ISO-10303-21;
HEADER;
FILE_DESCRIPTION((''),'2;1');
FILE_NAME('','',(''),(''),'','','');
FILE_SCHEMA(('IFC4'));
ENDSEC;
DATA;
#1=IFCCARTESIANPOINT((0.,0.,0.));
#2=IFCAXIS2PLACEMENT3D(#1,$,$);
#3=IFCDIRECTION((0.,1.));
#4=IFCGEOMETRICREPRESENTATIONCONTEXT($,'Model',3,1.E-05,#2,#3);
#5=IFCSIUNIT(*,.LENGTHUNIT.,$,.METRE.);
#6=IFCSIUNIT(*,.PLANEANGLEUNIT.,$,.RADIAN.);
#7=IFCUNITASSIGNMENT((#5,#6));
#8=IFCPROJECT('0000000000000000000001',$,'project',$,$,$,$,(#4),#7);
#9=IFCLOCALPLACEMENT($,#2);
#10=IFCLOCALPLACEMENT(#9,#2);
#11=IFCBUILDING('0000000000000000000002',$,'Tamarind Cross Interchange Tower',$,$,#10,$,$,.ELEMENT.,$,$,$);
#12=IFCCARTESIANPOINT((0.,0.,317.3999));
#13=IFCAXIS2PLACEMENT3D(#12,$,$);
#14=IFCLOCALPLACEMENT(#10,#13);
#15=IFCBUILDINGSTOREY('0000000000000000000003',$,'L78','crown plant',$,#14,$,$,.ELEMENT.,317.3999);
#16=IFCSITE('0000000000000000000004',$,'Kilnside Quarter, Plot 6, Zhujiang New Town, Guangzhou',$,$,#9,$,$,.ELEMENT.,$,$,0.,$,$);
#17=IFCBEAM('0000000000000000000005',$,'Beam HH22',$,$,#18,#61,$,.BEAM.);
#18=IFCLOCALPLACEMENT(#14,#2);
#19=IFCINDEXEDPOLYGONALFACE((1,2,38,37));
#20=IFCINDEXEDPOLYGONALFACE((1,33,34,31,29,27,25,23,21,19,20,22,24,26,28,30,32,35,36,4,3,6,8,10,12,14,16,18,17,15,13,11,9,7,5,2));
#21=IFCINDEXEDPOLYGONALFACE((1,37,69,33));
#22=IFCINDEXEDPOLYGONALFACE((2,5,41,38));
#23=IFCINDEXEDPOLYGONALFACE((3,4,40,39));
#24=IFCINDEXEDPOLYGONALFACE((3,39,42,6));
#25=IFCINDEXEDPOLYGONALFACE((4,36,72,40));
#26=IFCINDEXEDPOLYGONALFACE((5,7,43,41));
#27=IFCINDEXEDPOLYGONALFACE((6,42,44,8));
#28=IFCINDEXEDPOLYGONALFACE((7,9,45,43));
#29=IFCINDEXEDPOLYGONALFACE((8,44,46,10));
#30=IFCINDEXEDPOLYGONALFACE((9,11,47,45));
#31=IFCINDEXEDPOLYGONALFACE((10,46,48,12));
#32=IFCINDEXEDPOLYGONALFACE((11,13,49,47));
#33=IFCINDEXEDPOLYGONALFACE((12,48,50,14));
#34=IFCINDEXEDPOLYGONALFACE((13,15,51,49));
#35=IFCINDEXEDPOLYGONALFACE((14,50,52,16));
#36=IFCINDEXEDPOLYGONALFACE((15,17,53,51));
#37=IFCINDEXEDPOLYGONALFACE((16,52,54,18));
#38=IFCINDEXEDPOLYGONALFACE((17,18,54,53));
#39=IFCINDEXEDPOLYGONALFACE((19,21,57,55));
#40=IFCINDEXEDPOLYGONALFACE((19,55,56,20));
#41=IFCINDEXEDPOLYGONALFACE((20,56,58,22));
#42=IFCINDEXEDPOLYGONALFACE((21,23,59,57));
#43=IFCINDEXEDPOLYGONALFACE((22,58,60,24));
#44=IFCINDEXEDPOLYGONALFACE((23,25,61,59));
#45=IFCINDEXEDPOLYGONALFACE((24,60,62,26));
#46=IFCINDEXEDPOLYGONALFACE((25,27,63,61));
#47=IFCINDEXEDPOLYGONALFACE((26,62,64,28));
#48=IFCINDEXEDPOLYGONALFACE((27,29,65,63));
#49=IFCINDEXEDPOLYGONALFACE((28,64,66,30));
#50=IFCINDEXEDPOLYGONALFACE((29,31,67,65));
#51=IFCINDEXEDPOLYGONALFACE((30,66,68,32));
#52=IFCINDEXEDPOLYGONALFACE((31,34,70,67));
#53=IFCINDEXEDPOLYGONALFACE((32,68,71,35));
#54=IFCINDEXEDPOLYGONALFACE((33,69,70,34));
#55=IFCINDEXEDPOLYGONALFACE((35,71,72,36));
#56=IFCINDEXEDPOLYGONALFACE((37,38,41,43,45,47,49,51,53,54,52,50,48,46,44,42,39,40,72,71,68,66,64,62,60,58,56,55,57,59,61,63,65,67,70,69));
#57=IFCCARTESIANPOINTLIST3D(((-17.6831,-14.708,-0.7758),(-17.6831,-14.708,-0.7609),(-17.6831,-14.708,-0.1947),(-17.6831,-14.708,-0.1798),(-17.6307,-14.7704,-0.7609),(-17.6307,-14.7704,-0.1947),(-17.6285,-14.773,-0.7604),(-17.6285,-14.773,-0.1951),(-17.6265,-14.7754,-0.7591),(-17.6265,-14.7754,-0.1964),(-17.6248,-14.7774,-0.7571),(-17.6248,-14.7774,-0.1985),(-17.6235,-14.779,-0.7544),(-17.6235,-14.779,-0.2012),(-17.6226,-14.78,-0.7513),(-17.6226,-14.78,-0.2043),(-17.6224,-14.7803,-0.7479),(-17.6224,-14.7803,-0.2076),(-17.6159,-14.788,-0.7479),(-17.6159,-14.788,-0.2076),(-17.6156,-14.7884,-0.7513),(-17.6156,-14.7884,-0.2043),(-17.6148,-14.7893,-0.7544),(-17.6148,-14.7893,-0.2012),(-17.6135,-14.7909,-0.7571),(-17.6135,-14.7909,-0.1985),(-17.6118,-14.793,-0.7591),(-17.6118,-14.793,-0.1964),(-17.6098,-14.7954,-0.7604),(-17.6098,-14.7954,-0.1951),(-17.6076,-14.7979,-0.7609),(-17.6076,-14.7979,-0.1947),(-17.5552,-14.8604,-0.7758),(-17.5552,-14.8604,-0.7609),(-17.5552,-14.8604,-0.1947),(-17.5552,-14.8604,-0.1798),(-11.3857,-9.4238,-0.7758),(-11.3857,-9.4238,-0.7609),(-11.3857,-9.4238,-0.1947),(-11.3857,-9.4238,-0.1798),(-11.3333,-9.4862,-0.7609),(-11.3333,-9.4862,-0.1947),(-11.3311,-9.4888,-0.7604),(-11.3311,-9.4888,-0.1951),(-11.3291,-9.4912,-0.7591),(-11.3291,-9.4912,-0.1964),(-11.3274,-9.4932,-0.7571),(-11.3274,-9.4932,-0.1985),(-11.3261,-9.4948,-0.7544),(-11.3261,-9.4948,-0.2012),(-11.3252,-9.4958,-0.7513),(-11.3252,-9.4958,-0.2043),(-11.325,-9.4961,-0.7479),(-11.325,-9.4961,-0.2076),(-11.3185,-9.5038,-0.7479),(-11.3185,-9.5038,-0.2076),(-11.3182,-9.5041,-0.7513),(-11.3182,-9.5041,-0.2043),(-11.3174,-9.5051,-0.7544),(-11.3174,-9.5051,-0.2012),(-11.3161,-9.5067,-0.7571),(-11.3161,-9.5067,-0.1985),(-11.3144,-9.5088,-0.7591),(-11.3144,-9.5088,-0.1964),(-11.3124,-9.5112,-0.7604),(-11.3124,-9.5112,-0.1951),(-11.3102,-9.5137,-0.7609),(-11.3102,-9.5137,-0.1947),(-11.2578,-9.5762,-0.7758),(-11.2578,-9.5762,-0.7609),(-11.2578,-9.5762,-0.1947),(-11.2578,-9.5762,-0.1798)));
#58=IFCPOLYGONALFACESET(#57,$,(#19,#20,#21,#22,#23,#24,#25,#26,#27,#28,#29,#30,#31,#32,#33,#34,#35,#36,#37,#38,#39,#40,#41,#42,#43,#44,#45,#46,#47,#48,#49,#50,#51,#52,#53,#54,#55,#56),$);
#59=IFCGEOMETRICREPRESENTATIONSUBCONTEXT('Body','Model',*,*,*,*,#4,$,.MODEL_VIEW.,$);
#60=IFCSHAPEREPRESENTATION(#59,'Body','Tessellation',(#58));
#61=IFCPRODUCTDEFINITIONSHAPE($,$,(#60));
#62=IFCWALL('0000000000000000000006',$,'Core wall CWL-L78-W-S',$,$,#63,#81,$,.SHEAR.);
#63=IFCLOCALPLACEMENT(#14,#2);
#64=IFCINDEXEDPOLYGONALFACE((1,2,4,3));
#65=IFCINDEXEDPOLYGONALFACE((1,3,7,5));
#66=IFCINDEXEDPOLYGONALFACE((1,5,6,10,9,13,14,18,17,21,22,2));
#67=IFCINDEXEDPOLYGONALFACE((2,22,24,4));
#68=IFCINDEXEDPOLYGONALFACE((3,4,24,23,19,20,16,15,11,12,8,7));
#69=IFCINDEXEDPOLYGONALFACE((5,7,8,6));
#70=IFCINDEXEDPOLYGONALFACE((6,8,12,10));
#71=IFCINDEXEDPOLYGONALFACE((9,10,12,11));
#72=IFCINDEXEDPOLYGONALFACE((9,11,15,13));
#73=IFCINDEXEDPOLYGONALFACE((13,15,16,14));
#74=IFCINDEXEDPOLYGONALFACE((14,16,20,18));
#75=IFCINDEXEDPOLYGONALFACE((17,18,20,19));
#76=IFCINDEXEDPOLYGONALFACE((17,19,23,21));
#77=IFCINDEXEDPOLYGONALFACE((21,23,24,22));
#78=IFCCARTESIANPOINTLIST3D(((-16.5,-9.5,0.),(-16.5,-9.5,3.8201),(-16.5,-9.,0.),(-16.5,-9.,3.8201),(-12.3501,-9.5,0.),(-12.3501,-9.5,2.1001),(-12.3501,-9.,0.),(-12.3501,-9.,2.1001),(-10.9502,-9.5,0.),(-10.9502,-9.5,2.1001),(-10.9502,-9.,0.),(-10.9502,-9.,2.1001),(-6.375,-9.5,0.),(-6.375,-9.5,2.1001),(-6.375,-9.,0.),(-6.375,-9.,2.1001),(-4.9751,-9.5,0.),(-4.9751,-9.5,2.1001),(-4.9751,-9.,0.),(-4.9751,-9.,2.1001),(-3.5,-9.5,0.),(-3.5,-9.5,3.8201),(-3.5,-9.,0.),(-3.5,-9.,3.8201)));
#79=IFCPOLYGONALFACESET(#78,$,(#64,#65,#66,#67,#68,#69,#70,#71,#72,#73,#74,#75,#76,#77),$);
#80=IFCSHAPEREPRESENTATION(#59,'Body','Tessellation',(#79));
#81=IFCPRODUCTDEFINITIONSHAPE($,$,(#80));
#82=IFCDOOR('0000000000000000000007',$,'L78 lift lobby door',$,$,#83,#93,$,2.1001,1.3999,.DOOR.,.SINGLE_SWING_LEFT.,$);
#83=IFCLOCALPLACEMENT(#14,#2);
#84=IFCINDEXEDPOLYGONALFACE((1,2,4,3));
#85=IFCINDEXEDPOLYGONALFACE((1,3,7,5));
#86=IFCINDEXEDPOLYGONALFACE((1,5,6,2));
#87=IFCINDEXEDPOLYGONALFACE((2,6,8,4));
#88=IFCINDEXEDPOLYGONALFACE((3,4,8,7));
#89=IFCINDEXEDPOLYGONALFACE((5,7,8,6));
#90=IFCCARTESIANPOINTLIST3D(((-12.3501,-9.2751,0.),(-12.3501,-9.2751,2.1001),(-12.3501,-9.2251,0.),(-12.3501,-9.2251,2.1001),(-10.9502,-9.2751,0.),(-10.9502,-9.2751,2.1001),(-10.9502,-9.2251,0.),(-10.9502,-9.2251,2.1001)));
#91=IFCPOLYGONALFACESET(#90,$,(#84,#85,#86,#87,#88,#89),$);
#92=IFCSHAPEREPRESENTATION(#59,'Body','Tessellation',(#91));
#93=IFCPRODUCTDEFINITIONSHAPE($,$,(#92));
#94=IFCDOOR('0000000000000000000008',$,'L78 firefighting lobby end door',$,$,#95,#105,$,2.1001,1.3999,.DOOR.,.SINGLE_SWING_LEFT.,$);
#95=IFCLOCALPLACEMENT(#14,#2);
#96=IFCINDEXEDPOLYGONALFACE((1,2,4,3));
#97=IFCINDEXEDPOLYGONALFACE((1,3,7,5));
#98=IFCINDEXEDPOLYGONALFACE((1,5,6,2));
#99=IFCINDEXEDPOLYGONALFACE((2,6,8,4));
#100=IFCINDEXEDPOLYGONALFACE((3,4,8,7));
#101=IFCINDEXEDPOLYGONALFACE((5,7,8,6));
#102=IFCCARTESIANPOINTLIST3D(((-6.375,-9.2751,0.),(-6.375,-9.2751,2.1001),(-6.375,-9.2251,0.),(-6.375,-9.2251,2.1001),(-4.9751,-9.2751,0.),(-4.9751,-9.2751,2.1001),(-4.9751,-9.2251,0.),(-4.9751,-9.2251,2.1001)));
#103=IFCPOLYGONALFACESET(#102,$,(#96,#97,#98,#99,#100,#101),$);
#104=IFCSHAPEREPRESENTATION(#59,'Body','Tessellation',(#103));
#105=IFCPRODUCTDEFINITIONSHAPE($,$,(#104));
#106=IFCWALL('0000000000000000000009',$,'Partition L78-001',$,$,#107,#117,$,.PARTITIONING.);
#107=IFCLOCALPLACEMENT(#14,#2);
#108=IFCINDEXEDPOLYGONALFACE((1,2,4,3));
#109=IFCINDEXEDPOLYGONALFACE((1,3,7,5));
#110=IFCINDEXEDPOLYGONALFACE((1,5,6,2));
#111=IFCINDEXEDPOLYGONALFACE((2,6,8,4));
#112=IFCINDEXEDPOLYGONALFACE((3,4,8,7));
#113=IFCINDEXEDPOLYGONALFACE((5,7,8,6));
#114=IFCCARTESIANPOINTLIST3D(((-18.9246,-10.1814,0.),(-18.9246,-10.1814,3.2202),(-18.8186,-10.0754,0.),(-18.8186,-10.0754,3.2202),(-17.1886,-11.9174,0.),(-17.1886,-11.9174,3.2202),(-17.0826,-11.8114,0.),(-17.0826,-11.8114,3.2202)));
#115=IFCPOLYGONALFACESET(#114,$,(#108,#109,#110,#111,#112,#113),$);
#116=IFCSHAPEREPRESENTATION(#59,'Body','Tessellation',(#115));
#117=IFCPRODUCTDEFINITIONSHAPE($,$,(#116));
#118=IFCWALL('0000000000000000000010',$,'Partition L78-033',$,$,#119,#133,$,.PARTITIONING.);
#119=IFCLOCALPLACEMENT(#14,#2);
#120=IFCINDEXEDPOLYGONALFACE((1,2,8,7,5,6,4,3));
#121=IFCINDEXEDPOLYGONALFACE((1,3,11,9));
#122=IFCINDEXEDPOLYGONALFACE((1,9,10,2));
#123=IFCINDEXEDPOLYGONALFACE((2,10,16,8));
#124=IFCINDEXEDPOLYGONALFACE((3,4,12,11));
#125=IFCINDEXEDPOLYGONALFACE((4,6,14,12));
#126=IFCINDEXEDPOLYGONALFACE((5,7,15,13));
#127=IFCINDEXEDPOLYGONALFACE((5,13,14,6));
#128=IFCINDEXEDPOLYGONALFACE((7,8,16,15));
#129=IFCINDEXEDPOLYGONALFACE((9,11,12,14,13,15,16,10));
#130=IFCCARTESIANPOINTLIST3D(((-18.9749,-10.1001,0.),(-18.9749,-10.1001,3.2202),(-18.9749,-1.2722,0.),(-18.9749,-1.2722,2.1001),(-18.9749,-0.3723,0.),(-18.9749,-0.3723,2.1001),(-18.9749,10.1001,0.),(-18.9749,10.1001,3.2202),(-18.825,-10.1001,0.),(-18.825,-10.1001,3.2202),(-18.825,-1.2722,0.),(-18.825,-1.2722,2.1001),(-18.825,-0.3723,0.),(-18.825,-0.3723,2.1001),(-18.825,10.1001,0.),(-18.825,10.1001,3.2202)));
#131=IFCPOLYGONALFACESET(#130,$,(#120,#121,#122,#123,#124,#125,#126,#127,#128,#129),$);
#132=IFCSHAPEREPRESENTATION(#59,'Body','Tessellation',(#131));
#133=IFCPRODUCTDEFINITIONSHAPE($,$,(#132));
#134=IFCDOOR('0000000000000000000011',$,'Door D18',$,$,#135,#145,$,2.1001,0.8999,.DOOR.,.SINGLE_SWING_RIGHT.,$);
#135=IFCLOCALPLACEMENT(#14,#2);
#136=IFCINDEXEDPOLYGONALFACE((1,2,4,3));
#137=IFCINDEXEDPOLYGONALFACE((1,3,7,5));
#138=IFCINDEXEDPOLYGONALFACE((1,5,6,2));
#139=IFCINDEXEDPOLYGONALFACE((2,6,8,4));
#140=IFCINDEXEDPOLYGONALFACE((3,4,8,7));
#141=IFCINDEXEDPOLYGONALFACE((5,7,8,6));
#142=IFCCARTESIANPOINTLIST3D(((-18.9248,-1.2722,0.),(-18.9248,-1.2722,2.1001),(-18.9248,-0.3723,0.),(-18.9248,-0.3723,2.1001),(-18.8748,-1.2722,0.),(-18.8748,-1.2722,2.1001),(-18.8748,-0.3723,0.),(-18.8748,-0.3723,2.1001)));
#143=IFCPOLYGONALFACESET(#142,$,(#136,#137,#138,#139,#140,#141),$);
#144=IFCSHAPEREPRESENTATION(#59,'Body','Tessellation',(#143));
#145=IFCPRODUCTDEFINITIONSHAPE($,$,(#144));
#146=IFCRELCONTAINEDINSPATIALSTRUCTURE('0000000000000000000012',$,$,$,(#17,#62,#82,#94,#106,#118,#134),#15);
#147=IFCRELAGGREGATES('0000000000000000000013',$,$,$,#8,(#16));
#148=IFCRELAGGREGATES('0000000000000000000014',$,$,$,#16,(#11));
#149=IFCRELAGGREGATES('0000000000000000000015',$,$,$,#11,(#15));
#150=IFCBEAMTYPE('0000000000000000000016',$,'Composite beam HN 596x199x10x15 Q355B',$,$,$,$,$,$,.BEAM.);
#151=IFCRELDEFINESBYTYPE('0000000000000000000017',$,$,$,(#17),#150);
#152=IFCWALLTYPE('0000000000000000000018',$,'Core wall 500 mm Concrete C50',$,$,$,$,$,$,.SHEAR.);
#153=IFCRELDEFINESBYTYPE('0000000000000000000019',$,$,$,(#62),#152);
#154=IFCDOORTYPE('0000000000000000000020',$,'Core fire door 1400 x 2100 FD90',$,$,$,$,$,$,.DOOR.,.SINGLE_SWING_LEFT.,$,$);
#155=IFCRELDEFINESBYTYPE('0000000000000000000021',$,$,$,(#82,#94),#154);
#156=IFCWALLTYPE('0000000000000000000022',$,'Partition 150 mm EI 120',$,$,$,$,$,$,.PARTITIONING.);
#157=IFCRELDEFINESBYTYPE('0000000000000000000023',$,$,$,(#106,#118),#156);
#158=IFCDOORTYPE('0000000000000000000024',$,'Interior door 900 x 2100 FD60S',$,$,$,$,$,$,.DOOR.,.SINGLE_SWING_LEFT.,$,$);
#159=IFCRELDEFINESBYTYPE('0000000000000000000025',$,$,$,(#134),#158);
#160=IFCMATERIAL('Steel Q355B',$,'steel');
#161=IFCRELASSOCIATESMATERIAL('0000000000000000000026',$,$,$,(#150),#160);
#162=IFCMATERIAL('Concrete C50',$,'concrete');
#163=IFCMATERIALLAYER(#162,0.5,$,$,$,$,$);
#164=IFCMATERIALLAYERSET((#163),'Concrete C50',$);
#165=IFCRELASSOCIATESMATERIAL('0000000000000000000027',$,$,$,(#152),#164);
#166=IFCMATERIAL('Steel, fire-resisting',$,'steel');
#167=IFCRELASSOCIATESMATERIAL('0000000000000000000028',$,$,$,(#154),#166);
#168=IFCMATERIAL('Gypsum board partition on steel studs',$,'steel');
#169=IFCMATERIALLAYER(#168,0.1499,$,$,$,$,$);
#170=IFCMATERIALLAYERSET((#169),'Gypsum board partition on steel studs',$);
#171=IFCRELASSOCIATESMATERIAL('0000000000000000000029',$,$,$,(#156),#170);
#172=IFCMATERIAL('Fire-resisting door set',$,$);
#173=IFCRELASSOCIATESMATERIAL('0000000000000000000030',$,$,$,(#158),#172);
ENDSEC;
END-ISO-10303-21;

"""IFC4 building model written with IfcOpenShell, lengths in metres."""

from ifc_helpers import new_model, si_unit, direction, frame, frame_2d, origin, origin_2d, place, context, subcontext, project, spatial, rectangle, i_section, extrude, material, layer, layer_set, material_profile, profile_set, type_object, element, fill, save


model = new_model("IFC4")

# Units and contexts
model_context = context("Model", 3, precision=1e-05, world=origin(), true_north=direction((0.0, 1.0)))
body_context = subcontext(model_context, "Body", "Model", "MODEL_VIEW")
ifc_project = project(units=[si_unit("LENGTHUNIT", "METRE"), si_unit("PLANEANGLEUNIT", "RADIAN")], contexts=[model_context])

# Site, building, storey
site_placement = place(None, origin())
site = spatial("IfcSite", under=ifc_project, at=site_placement, Name="Kilnside Quarter, Plot 6, Zhujiang New Town, Guangzhou", CompositionType="ELEMENT", RefElevation=0.0)
building_placement = place(site_placement, origin())
building = spatial("IfcBuilding", under=site, at=building_placement, Name="Tamarind Cross Interchange Tower", CompositionType="ELEMENT")
storey_placement = place(building_placement, frame((0.0, 0.0, 317.3999)))
storey = spatial("IfcBuildingStorey", under=building, at=storey_placement, Name="L78", Description="crown plant", CompositionType="ELEMENT", Elevation=317.3999)

# Beam
ifc_material_1 = material(Name="Steel Q355B", Category="steel")
ifc_material_profile_1 = material_profile(ifc_material_1, i_section(OverallWidth=0.199, OverallDepth=0.5959, WebThickness=0.01, FlangeThickness=0.0149, FilletRadius=0.0129, at=origin_2d()), Name="HN 596x199x10x15")
ifc_profile_set_1 = profile_set([ifc_material_profile_1], Name="Steel Q355B")
beam_type = type_object("IfcBeamType", Name="Composite beam HN 596x199x10x15 Q355B", PredefinedType="BEAM", material=ifc_profile_set_1)
beam_1_placement = place(storey_placement, frame((-17.6191, -14.7842, -0.4778), z_axis=(0.766041, 0.642792, 0.0), x_axis=(-0.642792, 0.766041, 0.0)))
element("IfcBeam", 1, at=beam_1_placement, inside=storey, type_object=beam_type, Name="Beam HH22", PredefinedType="BEAM", context=body_context, shape_type="SweptSolid", body=[
    extrude(i_section(OverallWidth=0.199, OverallDepth=0.5959, WebThickness=0.01, FlangeThickness=0.0149, FilletRadius=0.0129, at=origin_2d()), origin(), (0.0, 0.0, 1.0), 8.2207),
])

# Wall, openings, doors
ifc_material_2 = material(Name="Concrete C50", Category="concrete")
ifc_layer_1 = layer(ifc_material_2, 0.5)
ifc_layer_set_1 = layer_set([ifc_layer_1], Name="Concrete C50")
wall_type_1 = type_object("IfcWallType", Name="Core wall 500 mm Concrete C50", PredefinedType="SHEAR", material=ifc_layer_set_1)
wall_1_placement = place(storey_placement, frame((-16.5, -9.25, 0.0), z_axis=(0.0, 0.0, 1.0), x_axis=(1.0, 0.0, 0.0)))
wall_1 = element("IfcWall", 2, at=wall_1_placement, inside=storey, type_object=wall_type_1, Name="Core wall CWL-L78-W-S", PredefinedType="SHEAR", context=body_context, shape_type="SweptSolid", body=[
    extrude(rectangle(XDim=13.0, YDim=0.5, at=frame_2d((6.5, 0.0))), origin(), (0.0, 0.0, 1.0), 3.8201),
])
opening_1_placement = place(wall_1_placement, frame((4.1499, 0.0, 0.0)))
opening_1 = element("IfcOpeningElement", 3, at=opening_1_placement, cuts=wall_1, PredefinedType="OPENING", context=body_context, shape_type="SweptSolid", body=[
    extrude(rectangle(XDim=1.3999, YDim=2.1001, at=frame_2d((0.7, 1.05))), frame((0.0, 0.26, 0.0), z_axis=(0.0, -1.0, 0.0), x_axis=(1.0, 0.0, 0.0)), (0.0, 0.0, 1.0), 0.52),
])
opening_2_placement = place(wall_1_placement, frame((10.125, 0.0, 0.0)))
opening_2 = element("IfcOpeningElement", 4, at=opening_2_placement, cuts=wall_1, PredefinedType="OPENING", context=body_context, shape_type="SweptSolid", body=[
    extrude(rectangle(XDim=1.3999, YDim=2.1001, at=frame_2d((0.7, 1.05))), frame((0.0, 0.26, 0.0), z_axis=(0.0, -1.0, 0.0), x_axis=(1.0, 0.0, 0.0)), (0.0, 0.0, 1.0), 0.52),
])
ifc_material_3 = material(Name="Steel, fire-resisting", Category="steel")
door_type_1 = type_object("IfcDoorType", Name="Core fire door 1400 x 2100 FD90", OperationType="SINGLE_SWING_LEFT", PredefinedType="DOOR", material=ifc_material_3)
door_1_placement = place(opening_1_placement, origin())
door_1 = element("IfcDoor", 5, at=door_1_placement, inside=storey, type_object=door_type_1, Name="L78 lift lobby door", OperationType="SINGLE_SWING_LEFT", OverallHeight=2.1001, OverallWidth=1.3999, PredefinedType="DOOR", context=body_context, shape_type="SweptSolid", body=[
    extrude(rectangle(XDim=1.3999, YDim=2.1001, at=frame_2d((0.7, 1.05))), frame((0.0, 0.0249, 0.0), z_axis=(0.0, -1.0, 0.0), x_axis=(1.0, 0.0, 0.0)), (0.0, 0.0, 1.0), 0.05),
])
fill(opening_1, door_1)
door_2_placement = place(opening_2_placement, origin())
door_2 = element("IfcDoor", 6, at=door_2_placement, inside=storey, type_object=door_type_1, Name="L78 firefighting lobby end door", OperationType="SINGLE_SWING_LEFT", OverallHeight=2.1001, OverallWidth=1.3999, PredefinedType="DOOR", context=body_context, shape_type="SweptSolid", body=[
    extrude(rectangle(XDim=1.3999, YDim=2.1001, at=frame_2d((0.7, 1.05))), frame((0.0, 0.0249, 0.0), z_axis=(0.0, -1.0, 0.0), x_axis=(1.0, 0.0, 0.0)), (0.0, 0.0, 1.0), 0.05),
])
fill(opening_2, door_2)

# Wall
ifc_material_4 = material(Name="Gypsum board partition on steel studs", Category="steel")
ifc_layer_2 = layer(ifc_material_4, 0.1499)
ifc_layer_set_2 = layer_set([ifc_layer_2], Name="Gypsum board partition on steel studs")
wall_type_2 = type_object("IfcWallType", Name="Partition 150 mm EI 120", PredefinedType="PARTITIONING", material=ifc_layer_set_2)
wall_2_placement = place(storey_placement, frame((-18.8716, -10.1284, 0.0), z_axis=(0.0, 0.0, 1.0), x_axis=(0.707107, -0.707107, 0.0)))
element("IfcWall", 7, at=wall_2_placement, inside=storey, type_object=wall_type_2, Name="Partition L78-001", PredefinedType="PARTITIONING", context=body_context, shape_type="SweptSolid", body=[
    extrude(rectangle(XDim=2.4551, YDim=0.1499, at=frame_2d((1.2275, 0.0))), origin(), (0.0, 0.0, 1.0), 3.2202),
])

# Wall, opening, door
wall_3_placement = place(storey_placement, frame((-18.8999, -10.1001, 0.0), z_axis=(0.0, 0.0, 1.0), x_axis=(0.0, 1.0, 0.0)))
wall_3 = element("IfcWall", 8, at=wall_3_placement, inside=storey, type_object=wall_type_2, Name="Partition L78-033", PredefinedType="PARTITIONING", context=body_context, shape_type="SweptSolid", body=[
    extrude(rectangle(XDim=20.2002, YDim=0.1499, at=frame_2d((10.1001, 0.0))), origin(), (0.0, 0.0, 1.0), 3.2202),
])
opening_3_placement = place(wall_3_placement, frame((8.8279, 0.0, 0.0)))
opening_3 = element("IfcOpeningElement", 9, at=opening_3_placement, cuts=wall_3, PredefinedType="OPENING", context=body_context, shape_type="SweptSolid", body=[
    extrude(rectangle(XDim=0.8999, YDim=2.1001, at=frame_2d((0.45, 1.05))), frame((0.0, 0.085, 0.0), z_axis=(0.0, -1.0, 0.0), x_axis=(1.0, 0.0, 0.0)), (0.0, 0.0, 1.0), 0.1699),
])
ifc_material_5 = material(Name="Fire-resisting door set")
door_type_2 = type_object("IfcDoorType", Name="Interior door 900 x 2100 FD60S", OperationType="SINGLE_SWING_LEFT", PredefinedType="DOOR", material=ifc_material_5)
door_3_placement = place(opening_3_placement, origin())
door_3 = element("IfcDoor", 10, at=door_3_placement, inside=storey, type_object=door_type_2, Name="Door D18", OperationType="SINGLE_SWING_RIGHT", OverallHeight=2.1001, OverallWidth=0.8999, PredefinedType="DOOR", context=body_context, shape_type="SweptSolid", body=[
    extrude(rectangle(XDim=0.8999, YDim=2.1001, at=frame_2d((0.45, 1.05))), frame((0.0, 0.0249, 0.0), z_axis=(0.0, -1.0, 0.0), x_axis=(1.0, 0.0, 0.0)), (0.0, 0.0, 1.0), 0.05),
])
fill(opening_3, door_3)

save(model, "model.ifc")
